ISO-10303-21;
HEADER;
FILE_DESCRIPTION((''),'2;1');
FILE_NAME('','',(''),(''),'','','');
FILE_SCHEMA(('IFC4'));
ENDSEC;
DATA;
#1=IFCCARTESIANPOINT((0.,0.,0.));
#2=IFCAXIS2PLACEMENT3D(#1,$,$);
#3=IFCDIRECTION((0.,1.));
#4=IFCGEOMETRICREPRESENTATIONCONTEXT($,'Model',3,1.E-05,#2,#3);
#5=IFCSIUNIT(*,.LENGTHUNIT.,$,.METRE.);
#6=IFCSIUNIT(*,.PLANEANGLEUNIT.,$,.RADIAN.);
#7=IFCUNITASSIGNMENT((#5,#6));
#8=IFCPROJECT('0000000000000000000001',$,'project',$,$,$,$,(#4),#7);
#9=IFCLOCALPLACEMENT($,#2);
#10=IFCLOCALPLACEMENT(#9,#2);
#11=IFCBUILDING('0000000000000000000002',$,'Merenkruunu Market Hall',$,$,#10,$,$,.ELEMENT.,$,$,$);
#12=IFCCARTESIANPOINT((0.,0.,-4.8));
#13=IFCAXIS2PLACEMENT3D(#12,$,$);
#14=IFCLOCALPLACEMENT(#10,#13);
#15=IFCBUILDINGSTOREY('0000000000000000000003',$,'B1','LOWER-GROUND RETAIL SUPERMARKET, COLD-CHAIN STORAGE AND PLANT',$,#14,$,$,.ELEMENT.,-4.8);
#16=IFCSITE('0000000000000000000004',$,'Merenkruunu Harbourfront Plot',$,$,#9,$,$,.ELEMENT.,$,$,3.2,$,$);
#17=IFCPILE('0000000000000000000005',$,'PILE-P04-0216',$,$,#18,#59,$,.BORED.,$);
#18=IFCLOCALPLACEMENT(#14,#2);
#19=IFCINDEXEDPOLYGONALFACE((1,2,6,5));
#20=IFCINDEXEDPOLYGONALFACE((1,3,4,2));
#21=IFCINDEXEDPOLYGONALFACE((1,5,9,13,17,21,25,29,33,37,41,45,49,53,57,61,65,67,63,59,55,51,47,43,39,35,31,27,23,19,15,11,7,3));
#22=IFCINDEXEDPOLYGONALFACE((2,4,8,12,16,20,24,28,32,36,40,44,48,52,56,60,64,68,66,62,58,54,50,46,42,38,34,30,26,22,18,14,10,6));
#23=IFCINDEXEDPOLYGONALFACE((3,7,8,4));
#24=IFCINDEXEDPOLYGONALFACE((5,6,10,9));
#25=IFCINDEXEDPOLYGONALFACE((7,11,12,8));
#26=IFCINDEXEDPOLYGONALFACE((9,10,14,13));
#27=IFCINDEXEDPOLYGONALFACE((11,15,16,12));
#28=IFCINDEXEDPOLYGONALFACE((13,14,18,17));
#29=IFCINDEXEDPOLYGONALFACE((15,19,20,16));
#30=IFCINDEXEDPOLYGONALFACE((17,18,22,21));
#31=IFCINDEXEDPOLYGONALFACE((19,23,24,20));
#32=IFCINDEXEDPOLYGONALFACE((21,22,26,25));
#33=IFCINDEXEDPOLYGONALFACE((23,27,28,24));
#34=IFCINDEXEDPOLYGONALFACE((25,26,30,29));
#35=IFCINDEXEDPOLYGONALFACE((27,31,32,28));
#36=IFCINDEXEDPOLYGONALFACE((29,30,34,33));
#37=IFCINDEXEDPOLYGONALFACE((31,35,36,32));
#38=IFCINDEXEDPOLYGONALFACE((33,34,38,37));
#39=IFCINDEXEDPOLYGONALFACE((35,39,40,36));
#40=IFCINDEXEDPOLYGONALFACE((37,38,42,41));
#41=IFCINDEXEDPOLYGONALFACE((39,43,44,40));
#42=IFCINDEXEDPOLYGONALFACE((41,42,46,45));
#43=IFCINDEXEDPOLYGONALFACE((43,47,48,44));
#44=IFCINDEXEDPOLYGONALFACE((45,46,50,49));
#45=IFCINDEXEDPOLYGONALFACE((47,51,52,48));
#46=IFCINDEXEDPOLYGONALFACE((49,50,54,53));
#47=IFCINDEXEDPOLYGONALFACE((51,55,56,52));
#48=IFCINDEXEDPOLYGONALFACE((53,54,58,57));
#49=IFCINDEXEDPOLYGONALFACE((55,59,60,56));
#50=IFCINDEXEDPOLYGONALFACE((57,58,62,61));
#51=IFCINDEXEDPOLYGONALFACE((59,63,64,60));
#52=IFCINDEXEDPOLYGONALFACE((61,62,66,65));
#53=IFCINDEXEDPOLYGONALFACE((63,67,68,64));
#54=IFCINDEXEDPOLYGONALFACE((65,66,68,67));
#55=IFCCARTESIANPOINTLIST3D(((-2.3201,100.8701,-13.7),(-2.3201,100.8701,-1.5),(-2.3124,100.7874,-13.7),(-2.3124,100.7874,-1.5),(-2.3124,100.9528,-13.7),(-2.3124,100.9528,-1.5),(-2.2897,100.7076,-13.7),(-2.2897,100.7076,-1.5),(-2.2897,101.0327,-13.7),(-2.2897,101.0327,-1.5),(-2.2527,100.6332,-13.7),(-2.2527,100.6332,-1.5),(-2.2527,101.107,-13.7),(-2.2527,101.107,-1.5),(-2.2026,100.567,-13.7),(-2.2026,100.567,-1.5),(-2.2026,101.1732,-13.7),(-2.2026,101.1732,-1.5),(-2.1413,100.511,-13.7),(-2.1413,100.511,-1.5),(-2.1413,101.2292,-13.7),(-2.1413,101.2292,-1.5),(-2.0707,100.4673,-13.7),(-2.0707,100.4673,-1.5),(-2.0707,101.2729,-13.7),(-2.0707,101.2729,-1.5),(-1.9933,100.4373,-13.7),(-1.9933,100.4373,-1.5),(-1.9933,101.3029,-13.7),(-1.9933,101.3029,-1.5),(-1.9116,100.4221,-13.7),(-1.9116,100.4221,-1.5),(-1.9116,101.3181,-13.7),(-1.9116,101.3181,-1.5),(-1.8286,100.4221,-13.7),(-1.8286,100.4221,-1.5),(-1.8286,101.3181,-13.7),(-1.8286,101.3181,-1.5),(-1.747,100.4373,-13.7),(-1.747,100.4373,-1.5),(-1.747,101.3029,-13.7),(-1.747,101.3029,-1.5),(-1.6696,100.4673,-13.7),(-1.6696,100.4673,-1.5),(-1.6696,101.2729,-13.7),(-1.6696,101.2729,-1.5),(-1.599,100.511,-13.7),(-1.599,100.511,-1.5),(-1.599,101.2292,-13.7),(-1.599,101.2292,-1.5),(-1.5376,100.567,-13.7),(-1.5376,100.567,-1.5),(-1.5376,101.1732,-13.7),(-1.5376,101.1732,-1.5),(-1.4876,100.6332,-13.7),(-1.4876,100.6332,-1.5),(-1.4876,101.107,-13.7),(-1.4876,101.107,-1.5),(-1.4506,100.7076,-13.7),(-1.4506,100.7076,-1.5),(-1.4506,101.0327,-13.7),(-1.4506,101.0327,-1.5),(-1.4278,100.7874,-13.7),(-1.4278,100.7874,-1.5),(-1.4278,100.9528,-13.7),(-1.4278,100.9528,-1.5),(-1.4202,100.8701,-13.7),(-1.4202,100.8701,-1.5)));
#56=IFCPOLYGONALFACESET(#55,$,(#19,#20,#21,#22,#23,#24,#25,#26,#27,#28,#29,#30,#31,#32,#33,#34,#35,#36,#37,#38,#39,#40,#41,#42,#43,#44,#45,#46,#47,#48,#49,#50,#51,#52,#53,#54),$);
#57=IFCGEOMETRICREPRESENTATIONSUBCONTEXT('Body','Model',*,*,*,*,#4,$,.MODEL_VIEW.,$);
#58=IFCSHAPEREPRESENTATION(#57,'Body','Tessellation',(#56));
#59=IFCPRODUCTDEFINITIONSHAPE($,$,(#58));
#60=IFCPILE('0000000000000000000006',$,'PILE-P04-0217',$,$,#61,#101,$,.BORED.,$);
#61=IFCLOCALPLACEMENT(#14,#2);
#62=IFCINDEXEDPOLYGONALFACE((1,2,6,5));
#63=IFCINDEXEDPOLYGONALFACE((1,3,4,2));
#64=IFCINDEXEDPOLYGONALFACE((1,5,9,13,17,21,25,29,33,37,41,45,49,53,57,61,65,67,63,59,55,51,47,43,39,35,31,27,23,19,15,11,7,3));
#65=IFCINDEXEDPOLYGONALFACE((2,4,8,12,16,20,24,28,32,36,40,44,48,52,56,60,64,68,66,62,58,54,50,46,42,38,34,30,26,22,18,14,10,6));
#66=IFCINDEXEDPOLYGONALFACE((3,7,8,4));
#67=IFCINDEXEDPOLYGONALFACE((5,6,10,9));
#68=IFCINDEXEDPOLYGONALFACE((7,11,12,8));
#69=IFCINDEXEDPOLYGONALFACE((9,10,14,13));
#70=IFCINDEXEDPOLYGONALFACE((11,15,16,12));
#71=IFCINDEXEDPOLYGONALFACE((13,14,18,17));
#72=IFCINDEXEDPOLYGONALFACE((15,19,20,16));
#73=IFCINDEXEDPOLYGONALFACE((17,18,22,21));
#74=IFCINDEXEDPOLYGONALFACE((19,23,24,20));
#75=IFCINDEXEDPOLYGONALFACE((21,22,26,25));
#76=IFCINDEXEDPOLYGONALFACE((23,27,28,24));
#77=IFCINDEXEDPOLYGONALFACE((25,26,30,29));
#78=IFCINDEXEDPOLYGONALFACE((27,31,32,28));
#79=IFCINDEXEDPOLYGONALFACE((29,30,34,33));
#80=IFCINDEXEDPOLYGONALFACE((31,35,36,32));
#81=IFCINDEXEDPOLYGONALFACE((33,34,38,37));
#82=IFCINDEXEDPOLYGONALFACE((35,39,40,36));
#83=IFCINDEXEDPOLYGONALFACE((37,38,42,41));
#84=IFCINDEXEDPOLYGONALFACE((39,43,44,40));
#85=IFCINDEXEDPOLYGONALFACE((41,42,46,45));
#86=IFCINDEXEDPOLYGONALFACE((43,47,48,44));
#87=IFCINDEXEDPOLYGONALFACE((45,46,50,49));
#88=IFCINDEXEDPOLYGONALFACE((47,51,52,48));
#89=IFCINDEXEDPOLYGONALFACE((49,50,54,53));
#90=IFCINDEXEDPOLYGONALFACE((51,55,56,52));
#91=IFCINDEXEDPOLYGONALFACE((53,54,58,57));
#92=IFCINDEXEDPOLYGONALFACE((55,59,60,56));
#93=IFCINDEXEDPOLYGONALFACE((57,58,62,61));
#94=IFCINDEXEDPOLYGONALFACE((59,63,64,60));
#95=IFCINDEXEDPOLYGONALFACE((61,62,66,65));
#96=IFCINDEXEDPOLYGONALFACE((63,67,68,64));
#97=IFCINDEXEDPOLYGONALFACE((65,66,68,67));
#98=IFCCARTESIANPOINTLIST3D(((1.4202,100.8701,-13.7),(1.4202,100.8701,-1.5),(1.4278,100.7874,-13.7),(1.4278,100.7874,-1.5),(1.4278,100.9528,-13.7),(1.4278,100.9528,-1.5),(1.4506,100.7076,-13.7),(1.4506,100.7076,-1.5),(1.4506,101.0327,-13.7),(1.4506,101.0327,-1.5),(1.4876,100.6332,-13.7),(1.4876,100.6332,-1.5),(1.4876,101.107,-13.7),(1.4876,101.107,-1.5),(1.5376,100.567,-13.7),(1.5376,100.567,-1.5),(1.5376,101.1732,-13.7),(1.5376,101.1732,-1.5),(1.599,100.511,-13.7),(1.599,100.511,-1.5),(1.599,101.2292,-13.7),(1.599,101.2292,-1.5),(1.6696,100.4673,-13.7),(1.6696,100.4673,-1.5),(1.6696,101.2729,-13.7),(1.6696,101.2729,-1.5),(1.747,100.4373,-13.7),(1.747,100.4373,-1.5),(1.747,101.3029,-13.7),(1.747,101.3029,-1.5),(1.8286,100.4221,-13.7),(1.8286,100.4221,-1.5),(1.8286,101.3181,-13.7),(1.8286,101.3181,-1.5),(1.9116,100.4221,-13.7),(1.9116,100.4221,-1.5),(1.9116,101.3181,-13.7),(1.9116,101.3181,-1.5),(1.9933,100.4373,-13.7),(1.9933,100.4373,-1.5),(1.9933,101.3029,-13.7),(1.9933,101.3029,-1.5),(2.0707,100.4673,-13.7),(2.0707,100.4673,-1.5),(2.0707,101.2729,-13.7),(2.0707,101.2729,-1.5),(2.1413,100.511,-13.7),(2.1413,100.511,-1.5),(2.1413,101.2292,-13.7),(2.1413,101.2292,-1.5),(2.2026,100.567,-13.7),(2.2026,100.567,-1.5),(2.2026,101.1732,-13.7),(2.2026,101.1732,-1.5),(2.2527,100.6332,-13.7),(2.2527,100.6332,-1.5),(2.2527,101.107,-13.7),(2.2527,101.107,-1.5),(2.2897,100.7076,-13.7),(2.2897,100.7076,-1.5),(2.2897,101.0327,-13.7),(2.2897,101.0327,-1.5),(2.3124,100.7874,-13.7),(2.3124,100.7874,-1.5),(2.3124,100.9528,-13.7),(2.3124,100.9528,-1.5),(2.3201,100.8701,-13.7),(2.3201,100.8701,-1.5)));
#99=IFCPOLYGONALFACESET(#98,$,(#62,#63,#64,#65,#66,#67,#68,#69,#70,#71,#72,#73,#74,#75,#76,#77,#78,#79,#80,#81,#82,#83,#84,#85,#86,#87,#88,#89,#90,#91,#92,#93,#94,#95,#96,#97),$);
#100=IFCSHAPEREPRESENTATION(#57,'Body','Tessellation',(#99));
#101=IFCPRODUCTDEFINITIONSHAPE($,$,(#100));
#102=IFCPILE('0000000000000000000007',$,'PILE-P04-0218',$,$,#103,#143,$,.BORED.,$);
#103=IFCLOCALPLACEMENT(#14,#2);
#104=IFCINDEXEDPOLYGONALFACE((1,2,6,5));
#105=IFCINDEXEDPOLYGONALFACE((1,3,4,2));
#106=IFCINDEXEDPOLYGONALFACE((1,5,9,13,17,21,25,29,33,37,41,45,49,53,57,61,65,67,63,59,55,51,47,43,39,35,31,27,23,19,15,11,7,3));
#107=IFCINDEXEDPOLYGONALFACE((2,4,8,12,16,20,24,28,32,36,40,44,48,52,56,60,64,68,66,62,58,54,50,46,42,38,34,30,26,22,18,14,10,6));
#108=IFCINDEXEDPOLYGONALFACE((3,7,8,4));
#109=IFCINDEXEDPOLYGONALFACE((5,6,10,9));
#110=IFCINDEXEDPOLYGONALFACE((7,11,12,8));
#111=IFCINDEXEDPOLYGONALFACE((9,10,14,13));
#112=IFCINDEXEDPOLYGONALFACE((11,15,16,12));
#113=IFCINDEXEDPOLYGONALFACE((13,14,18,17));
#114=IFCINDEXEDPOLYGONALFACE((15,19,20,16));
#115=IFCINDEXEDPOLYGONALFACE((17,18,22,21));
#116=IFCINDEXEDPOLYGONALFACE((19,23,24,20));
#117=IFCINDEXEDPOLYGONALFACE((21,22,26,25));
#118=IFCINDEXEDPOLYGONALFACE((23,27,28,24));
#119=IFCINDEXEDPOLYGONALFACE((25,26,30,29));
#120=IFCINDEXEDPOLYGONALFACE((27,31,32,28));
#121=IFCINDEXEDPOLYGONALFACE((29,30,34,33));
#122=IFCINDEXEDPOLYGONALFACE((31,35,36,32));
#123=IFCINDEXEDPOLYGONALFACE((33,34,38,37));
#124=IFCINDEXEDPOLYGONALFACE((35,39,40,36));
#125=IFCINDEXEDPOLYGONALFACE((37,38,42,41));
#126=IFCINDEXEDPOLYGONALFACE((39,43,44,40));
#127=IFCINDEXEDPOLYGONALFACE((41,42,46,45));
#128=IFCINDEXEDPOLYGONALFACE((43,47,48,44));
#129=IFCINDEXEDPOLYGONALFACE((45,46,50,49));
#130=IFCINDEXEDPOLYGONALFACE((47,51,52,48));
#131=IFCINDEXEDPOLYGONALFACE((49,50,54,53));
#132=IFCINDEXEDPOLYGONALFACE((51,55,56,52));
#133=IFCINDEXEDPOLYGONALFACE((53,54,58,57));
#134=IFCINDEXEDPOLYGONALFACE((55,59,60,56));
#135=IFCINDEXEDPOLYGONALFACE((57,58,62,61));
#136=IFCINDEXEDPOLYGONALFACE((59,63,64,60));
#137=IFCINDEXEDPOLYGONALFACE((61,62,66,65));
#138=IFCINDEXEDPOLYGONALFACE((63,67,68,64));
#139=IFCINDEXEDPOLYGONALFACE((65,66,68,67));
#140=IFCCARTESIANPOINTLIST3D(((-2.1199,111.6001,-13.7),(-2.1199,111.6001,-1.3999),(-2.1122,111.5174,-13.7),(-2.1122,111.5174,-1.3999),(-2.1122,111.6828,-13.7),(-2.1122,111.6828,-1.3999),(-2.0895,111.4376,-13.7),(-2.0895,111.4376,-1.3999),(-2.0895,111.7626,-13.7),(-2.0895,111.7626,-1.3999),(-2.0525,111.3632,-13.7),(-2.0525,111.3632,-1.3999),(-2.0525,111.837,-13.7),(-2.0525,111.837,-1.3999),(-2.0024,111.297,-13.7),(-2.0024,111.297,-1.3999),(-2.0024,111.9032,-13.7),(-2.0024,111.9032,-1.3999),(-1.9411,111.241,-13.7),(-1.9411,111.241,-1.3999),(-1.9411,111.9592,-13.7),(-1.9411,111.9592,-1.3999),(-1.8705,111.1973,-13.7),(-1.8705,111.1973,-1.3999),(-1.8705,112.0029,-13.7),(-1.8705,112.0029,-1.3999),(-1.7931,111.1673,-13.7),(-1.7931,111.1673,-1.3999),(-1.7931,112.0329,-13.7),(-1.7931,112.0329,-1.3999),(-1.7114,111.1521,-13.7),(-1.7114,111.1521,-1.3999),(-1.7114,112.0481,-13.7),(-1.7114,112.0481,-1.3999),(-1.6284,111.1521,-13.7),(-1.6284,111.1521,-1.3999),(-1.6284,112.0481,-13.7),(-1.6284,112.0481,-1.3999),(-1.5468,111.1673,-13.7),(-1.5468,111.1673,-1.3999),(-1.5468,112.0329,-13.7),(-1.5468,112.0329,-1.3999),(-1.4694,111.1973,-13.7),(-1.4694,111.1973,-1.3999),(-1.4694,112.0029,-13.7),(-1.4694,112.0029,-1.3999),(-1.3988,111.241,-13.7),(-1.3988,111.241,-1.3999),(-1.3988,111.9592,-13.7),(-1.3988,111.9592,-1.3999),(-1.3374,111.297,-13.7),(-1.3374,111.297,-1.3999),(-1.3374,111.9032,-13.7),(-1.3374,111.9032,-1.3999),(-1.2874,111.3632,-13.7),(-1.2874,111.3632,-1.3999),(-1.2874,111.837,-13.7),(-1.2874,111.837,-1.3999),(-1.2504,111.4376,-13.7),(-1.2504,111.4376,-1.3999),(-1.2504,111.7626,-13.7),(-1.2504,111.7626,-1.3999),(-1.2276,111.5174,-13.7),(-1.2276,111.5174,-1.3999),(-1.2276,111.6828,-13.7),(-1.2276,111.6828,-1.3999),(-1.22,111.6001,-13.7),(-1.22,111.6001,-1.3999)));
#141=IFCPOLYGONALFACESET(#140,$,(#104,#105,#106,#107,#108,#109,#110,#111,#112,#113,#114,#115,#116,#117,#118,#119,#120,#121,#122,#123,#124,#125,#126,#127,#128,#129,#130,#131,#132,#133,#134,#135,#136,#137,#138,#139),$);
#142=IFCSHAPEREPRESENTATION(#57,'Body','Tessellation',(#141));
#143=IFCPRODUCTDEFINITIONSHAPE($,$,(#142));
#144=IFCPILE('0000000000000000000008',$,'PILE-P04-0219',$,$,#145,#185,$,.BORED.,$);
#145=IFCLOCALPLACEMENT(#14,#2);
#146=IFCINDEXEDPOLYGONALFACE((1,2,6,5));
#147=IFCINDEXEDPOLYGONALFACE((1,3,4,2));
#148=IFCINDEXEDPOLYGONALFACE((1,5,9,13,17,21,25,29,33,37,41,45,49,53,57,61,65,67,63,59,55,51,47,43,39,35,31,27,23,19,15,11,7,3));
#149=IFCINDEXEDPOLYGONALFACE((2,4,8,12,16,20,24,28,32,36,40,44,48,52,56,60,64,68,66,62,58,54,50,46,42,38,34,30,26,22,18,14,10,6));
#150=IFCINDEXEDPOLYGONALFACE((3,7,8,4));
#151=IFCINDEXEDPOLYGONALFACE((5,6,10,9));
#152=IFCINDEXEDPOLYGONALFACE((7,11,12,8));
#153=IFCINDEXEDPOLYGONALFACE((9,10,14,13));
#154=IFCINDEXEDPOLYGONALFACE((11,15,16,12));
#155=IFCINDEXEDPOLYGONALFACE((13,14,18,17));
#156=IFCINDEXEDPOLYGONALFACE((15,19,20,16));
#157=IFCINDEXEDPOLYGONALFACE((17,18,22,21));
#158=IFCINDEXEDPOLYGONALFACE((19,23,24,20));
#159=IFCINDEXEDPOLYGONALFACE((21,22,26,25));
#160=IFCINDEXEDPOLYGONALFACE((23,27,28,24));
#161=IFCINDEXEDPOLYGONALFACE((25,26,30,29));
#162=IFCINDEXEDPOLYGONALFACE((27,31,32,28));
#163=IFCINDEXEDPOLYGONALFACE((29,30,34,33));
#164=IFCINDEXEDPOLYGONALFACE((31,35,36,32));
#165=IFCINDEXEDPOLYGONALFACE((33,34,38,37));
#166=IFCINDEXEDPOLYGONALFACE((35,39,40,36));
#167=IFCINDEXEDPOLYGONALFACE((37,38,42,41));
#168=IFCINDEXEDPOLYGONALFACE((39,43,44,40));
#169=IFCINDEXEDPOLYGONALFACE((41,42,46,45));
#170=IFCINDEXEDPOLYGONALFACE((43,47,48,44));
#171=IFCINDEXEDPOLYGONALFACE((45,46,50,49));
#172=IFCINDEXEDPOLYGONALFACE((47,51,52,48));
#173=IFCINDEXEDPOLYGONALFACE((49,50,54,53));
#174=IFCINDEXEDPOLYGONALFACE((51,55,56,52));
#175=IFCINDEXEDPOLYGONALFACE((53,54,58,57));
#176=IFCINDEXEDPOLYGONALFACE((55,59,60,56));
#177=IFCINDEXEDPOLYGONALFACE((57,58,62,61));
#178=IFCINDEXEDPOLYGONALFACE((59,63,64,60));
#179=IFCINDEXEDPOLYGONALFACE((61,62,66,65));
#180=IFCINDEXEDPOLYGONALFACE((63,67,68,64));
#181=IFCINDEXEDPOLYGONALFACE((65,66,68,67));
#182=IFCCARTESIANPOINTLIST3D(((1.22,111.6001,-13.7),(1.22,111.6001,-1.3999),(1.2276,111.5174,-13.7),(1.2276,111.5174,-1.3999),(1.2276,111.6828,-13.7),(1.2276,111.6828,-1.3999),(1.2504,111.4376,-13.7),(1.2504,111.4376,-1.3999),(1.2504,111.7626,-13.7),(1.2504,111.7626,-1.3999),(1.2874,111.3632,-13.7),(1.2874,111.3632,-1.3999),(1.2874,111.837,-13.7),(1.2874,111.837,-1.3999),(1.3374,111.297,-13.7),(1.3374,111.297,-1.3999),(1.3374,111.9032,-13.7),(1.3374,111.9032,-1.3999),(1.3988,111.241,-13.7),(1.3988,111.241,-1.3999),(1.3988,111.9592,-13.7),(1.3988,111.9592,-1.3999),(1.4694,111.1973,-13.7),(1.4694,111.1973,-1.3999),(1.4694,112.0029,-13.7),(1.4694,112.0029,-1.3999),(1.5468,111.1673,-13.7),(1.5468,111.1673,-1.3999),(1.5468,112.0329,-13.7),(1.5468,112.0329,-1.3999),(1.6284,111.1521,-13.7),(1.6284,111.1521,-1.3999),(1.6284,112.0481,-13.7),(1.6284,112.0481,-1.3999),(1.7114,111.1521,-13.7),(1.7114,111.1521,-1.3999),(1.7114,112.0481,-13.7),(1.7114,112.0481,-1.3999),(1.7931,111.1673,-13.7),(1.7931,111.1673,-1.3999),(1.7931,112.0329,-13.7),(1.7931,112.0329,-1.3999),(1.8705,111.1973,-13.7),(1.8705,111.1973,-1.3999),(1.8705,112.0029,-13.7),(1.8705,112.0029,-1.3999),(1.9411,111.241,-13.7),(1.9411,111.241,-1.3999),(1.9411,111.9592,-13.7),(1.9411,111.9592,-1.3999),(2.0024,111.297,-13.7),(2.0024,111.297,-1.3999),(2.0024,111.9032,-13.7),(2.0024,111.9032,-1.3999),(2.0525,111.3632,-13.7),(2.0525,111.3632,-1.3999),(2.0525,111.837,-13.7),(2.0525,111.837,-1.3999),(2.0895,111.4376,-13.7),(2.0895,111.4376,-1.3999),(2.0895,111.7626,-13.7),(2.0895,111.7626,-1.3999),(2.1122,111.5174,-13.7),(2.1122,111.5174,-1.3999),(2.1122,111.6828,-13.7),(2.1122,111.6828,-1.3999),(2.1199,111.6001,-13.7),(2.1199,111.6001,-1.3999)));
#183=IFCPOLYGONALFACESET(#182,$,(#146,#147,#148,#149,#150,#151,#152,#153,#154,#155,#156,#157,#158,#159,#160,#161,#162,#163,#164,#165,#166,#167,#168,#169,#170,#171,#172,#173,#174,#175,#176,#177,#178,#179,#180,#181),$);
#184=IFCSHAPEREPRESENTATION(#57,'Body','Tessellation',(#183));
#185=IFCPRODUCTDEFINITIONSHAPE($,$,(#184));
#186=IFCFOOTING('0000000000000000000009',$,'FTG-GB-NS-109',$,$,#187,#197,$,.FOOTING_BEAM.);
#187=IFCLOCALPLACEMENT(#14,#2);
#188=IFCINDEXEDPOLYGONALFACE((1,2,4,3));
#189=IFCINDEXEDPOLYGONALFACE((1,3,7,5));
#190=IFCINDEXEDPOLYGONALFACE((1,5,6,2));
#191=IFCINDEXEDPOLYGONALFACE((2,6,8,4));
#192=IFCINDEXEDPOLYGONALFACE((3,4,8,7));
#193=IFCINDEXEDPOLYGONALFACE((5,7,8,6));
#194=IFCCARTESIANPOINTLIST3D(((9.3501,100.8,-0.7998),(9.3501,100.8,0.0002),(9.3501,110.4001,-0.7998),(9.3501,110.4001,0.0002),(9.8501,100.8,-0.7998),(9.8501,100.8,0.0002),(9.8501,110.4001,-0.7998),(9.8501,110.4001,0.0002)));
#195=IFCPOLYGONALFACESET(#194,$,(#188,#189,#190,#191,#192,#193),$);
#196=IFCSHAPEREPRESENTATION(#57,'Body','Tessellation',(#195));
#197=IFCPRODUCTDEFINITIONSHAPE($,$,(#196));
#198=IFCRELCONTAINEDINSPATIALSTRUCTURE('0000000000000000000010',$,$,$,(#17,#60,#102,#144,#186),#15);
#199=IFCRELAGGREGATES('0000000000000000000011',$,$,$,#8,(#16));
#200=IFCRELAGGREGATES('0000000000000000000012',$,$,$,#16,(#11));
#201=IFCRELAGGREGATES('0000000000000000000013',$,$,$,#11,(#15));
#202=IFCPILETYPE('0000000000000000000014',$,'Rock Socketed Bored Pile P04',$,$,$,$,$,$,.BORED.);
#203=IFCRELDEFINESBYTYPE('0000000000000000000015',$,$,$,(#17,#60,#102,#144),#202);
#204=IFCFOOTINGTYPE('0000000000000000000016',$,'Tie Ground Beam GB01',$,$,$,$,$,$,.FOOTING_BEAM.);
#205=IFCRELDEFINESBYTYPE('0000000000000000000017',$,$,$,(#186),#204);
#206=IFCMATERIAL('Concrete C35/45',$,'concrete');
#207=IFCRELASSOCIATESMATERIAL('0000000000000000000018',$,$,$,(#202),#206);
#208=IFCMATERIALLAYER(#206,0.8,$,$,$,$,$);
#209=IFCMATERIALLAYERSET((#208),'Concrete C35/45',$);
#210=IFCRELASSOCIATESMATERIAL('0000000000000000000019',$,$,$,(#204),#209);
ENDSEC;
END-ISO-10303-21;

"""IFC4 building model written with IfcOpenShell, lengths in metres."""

from ifc_helpers import new_model, si_unit, direction, frame, origin, origin_2d, place, context, subcontext, project, spatial, rectangle, circle, extrude, material, layer, layer_set, material_profile, profile_set, type_object, element, save


model = new_model("IFC4")

# Units and contexts
model_context = context("Model", 3, precision=1e-05, world=origin(), true_north=direction((0.0, 1.0)))
body_context = subcontext(model_context, "Body", "Model", "MODEL_VIEW")
ifc_project = project(units=[si_unit("LENGTHUNIT", "METRE"), si_unit("PLANEANGLEUNIT", "RADIAN")], contexts=[model_context])

# Site, building, storey
site_placement = place(None, origin())
site = spatial("IfcSite", under=ifc_project, at=site_placement, Name="Merenkruunu Harbourfront Plot", CompositionType="ELEMENT", RefElevation=3.2)
building_placement = place(site_placement, origin())
building = spatial("IfcBuilding", under=site, at=building_placement, Name="Merenkruunu Market Hall", CompositionType="ELEMENT")
storey_placement = place(building_placement, frame((0.0, 0.0, -4.8)))
storey = spatial("IfcBuildingStorey", under=building, at=storey_placement, Name="B1", Description="LOWER-GROUND RETAIL SUPERMARKET, COLD-CHAIN STORAGE AND PLANT", CompositionType="ELEMENT", Elevation=-4.8)

# Shared definitions
ifc_material_1 = material(Name="Concrete C35/45", Category="concrete")

# Piles
ifc_material_profile_1 = material_profile(ifc_material_1, circle(Radius=0.45, at=origin_2d()), Name="BORED PILE 900")
ifc_profile_set_1 = profile_set([ifc_material_profile_1], Name="Concrete C35/45")
pile_type_1 = type_object("IfcPileType", Name="Rock Socketed Bored Pile P04", PredefinedType="BORED", material=ifc_profile_set_1)
for number, where, z_axis, x_axis, name in (
    (1, (-1.8701, 100.8701, -1.5), (0.0, 0.0, -1.0), (1.0, 0.0, 0.0), "PILE-P04-0216"),
    (2, (1.8701, 100.8701, -1.5), (0.0, 0.0, -1.0), (1.0, 0.0, 0.0), "PILE-P04-0217"),
):
    element("IfcPile", number, at=place(storey_placement, frame(where, z_axis=z_axis, x_axis=x_axis)), inside=storey, type_object=pile_type_1, Name=name, PredefinedType="BORED", context=body_context, shape_type="SweptSolid", body=[
        extrude(circle(Radius=0.45, at=origin_2d()), origin(), (0.0, 0.0, 1.0), 12.2),
    ])
for number, where, z_axis, x_axis, name in (
    (3, (-1.6699, 111.6001, -1.3999), (0.0, 0.0, -1.0), (1.0, 0.0, 0.0), "PILE-P04-0218"),
    (4, (1.6699, 111.6001, -1.3999), (0.0, 0.0, -1.0), (1.0, 0.0, 0.0), "PILE-P04-0219"),
):
    element("IfcPile", number, at=place(storey_placement, frame(where, z_axis=z_axis, x_axis=x_axis)), inside=storey, type_object=pile_type_1, Name=name, PredefinedType="BORED", context=body_context, shape_type="SweptSolid", body=[
        extrude(circle(Radius=0.45, at=origin_2d()), origin(), (0.0, 0.0, 1.0), 12.3),
    ])

# Footing
ifc_layer_1 = layer(ifc_material_1, 0.8)
ifc_layer_set_1 = layer_set([ifc_layer_1], Name="Concrete C35/45")
footing_type_1 = type_object("IfcFootingType", Name="Tie Ground Beam GB01", PredefinedType="FOOTING_BEAM", material=ifc_layer_set_1)
footing_1_placement = place(storey_placement, frame((9.6001, 105.6001, -0.7998), z_axis=(0.0, 0.0, 1.0), x_axis=(0.0, 1.0, 0.0)))
element("IfcFooting", 5, at=footing_1_placement, inside=storey, type_object=footing_type_1, Name="FTG-GB-NS-109", PredefinedType="FOOTING_BEAM", context=body_context, shape_type="SweptSolid", body=[
    extrude(rectangle(XDim=9.6001, YDim=0.5, at=origin_2d()), origin(), (0.0, 0.0, 1.0), 0.8),
])

save(model, "model.ifc")
